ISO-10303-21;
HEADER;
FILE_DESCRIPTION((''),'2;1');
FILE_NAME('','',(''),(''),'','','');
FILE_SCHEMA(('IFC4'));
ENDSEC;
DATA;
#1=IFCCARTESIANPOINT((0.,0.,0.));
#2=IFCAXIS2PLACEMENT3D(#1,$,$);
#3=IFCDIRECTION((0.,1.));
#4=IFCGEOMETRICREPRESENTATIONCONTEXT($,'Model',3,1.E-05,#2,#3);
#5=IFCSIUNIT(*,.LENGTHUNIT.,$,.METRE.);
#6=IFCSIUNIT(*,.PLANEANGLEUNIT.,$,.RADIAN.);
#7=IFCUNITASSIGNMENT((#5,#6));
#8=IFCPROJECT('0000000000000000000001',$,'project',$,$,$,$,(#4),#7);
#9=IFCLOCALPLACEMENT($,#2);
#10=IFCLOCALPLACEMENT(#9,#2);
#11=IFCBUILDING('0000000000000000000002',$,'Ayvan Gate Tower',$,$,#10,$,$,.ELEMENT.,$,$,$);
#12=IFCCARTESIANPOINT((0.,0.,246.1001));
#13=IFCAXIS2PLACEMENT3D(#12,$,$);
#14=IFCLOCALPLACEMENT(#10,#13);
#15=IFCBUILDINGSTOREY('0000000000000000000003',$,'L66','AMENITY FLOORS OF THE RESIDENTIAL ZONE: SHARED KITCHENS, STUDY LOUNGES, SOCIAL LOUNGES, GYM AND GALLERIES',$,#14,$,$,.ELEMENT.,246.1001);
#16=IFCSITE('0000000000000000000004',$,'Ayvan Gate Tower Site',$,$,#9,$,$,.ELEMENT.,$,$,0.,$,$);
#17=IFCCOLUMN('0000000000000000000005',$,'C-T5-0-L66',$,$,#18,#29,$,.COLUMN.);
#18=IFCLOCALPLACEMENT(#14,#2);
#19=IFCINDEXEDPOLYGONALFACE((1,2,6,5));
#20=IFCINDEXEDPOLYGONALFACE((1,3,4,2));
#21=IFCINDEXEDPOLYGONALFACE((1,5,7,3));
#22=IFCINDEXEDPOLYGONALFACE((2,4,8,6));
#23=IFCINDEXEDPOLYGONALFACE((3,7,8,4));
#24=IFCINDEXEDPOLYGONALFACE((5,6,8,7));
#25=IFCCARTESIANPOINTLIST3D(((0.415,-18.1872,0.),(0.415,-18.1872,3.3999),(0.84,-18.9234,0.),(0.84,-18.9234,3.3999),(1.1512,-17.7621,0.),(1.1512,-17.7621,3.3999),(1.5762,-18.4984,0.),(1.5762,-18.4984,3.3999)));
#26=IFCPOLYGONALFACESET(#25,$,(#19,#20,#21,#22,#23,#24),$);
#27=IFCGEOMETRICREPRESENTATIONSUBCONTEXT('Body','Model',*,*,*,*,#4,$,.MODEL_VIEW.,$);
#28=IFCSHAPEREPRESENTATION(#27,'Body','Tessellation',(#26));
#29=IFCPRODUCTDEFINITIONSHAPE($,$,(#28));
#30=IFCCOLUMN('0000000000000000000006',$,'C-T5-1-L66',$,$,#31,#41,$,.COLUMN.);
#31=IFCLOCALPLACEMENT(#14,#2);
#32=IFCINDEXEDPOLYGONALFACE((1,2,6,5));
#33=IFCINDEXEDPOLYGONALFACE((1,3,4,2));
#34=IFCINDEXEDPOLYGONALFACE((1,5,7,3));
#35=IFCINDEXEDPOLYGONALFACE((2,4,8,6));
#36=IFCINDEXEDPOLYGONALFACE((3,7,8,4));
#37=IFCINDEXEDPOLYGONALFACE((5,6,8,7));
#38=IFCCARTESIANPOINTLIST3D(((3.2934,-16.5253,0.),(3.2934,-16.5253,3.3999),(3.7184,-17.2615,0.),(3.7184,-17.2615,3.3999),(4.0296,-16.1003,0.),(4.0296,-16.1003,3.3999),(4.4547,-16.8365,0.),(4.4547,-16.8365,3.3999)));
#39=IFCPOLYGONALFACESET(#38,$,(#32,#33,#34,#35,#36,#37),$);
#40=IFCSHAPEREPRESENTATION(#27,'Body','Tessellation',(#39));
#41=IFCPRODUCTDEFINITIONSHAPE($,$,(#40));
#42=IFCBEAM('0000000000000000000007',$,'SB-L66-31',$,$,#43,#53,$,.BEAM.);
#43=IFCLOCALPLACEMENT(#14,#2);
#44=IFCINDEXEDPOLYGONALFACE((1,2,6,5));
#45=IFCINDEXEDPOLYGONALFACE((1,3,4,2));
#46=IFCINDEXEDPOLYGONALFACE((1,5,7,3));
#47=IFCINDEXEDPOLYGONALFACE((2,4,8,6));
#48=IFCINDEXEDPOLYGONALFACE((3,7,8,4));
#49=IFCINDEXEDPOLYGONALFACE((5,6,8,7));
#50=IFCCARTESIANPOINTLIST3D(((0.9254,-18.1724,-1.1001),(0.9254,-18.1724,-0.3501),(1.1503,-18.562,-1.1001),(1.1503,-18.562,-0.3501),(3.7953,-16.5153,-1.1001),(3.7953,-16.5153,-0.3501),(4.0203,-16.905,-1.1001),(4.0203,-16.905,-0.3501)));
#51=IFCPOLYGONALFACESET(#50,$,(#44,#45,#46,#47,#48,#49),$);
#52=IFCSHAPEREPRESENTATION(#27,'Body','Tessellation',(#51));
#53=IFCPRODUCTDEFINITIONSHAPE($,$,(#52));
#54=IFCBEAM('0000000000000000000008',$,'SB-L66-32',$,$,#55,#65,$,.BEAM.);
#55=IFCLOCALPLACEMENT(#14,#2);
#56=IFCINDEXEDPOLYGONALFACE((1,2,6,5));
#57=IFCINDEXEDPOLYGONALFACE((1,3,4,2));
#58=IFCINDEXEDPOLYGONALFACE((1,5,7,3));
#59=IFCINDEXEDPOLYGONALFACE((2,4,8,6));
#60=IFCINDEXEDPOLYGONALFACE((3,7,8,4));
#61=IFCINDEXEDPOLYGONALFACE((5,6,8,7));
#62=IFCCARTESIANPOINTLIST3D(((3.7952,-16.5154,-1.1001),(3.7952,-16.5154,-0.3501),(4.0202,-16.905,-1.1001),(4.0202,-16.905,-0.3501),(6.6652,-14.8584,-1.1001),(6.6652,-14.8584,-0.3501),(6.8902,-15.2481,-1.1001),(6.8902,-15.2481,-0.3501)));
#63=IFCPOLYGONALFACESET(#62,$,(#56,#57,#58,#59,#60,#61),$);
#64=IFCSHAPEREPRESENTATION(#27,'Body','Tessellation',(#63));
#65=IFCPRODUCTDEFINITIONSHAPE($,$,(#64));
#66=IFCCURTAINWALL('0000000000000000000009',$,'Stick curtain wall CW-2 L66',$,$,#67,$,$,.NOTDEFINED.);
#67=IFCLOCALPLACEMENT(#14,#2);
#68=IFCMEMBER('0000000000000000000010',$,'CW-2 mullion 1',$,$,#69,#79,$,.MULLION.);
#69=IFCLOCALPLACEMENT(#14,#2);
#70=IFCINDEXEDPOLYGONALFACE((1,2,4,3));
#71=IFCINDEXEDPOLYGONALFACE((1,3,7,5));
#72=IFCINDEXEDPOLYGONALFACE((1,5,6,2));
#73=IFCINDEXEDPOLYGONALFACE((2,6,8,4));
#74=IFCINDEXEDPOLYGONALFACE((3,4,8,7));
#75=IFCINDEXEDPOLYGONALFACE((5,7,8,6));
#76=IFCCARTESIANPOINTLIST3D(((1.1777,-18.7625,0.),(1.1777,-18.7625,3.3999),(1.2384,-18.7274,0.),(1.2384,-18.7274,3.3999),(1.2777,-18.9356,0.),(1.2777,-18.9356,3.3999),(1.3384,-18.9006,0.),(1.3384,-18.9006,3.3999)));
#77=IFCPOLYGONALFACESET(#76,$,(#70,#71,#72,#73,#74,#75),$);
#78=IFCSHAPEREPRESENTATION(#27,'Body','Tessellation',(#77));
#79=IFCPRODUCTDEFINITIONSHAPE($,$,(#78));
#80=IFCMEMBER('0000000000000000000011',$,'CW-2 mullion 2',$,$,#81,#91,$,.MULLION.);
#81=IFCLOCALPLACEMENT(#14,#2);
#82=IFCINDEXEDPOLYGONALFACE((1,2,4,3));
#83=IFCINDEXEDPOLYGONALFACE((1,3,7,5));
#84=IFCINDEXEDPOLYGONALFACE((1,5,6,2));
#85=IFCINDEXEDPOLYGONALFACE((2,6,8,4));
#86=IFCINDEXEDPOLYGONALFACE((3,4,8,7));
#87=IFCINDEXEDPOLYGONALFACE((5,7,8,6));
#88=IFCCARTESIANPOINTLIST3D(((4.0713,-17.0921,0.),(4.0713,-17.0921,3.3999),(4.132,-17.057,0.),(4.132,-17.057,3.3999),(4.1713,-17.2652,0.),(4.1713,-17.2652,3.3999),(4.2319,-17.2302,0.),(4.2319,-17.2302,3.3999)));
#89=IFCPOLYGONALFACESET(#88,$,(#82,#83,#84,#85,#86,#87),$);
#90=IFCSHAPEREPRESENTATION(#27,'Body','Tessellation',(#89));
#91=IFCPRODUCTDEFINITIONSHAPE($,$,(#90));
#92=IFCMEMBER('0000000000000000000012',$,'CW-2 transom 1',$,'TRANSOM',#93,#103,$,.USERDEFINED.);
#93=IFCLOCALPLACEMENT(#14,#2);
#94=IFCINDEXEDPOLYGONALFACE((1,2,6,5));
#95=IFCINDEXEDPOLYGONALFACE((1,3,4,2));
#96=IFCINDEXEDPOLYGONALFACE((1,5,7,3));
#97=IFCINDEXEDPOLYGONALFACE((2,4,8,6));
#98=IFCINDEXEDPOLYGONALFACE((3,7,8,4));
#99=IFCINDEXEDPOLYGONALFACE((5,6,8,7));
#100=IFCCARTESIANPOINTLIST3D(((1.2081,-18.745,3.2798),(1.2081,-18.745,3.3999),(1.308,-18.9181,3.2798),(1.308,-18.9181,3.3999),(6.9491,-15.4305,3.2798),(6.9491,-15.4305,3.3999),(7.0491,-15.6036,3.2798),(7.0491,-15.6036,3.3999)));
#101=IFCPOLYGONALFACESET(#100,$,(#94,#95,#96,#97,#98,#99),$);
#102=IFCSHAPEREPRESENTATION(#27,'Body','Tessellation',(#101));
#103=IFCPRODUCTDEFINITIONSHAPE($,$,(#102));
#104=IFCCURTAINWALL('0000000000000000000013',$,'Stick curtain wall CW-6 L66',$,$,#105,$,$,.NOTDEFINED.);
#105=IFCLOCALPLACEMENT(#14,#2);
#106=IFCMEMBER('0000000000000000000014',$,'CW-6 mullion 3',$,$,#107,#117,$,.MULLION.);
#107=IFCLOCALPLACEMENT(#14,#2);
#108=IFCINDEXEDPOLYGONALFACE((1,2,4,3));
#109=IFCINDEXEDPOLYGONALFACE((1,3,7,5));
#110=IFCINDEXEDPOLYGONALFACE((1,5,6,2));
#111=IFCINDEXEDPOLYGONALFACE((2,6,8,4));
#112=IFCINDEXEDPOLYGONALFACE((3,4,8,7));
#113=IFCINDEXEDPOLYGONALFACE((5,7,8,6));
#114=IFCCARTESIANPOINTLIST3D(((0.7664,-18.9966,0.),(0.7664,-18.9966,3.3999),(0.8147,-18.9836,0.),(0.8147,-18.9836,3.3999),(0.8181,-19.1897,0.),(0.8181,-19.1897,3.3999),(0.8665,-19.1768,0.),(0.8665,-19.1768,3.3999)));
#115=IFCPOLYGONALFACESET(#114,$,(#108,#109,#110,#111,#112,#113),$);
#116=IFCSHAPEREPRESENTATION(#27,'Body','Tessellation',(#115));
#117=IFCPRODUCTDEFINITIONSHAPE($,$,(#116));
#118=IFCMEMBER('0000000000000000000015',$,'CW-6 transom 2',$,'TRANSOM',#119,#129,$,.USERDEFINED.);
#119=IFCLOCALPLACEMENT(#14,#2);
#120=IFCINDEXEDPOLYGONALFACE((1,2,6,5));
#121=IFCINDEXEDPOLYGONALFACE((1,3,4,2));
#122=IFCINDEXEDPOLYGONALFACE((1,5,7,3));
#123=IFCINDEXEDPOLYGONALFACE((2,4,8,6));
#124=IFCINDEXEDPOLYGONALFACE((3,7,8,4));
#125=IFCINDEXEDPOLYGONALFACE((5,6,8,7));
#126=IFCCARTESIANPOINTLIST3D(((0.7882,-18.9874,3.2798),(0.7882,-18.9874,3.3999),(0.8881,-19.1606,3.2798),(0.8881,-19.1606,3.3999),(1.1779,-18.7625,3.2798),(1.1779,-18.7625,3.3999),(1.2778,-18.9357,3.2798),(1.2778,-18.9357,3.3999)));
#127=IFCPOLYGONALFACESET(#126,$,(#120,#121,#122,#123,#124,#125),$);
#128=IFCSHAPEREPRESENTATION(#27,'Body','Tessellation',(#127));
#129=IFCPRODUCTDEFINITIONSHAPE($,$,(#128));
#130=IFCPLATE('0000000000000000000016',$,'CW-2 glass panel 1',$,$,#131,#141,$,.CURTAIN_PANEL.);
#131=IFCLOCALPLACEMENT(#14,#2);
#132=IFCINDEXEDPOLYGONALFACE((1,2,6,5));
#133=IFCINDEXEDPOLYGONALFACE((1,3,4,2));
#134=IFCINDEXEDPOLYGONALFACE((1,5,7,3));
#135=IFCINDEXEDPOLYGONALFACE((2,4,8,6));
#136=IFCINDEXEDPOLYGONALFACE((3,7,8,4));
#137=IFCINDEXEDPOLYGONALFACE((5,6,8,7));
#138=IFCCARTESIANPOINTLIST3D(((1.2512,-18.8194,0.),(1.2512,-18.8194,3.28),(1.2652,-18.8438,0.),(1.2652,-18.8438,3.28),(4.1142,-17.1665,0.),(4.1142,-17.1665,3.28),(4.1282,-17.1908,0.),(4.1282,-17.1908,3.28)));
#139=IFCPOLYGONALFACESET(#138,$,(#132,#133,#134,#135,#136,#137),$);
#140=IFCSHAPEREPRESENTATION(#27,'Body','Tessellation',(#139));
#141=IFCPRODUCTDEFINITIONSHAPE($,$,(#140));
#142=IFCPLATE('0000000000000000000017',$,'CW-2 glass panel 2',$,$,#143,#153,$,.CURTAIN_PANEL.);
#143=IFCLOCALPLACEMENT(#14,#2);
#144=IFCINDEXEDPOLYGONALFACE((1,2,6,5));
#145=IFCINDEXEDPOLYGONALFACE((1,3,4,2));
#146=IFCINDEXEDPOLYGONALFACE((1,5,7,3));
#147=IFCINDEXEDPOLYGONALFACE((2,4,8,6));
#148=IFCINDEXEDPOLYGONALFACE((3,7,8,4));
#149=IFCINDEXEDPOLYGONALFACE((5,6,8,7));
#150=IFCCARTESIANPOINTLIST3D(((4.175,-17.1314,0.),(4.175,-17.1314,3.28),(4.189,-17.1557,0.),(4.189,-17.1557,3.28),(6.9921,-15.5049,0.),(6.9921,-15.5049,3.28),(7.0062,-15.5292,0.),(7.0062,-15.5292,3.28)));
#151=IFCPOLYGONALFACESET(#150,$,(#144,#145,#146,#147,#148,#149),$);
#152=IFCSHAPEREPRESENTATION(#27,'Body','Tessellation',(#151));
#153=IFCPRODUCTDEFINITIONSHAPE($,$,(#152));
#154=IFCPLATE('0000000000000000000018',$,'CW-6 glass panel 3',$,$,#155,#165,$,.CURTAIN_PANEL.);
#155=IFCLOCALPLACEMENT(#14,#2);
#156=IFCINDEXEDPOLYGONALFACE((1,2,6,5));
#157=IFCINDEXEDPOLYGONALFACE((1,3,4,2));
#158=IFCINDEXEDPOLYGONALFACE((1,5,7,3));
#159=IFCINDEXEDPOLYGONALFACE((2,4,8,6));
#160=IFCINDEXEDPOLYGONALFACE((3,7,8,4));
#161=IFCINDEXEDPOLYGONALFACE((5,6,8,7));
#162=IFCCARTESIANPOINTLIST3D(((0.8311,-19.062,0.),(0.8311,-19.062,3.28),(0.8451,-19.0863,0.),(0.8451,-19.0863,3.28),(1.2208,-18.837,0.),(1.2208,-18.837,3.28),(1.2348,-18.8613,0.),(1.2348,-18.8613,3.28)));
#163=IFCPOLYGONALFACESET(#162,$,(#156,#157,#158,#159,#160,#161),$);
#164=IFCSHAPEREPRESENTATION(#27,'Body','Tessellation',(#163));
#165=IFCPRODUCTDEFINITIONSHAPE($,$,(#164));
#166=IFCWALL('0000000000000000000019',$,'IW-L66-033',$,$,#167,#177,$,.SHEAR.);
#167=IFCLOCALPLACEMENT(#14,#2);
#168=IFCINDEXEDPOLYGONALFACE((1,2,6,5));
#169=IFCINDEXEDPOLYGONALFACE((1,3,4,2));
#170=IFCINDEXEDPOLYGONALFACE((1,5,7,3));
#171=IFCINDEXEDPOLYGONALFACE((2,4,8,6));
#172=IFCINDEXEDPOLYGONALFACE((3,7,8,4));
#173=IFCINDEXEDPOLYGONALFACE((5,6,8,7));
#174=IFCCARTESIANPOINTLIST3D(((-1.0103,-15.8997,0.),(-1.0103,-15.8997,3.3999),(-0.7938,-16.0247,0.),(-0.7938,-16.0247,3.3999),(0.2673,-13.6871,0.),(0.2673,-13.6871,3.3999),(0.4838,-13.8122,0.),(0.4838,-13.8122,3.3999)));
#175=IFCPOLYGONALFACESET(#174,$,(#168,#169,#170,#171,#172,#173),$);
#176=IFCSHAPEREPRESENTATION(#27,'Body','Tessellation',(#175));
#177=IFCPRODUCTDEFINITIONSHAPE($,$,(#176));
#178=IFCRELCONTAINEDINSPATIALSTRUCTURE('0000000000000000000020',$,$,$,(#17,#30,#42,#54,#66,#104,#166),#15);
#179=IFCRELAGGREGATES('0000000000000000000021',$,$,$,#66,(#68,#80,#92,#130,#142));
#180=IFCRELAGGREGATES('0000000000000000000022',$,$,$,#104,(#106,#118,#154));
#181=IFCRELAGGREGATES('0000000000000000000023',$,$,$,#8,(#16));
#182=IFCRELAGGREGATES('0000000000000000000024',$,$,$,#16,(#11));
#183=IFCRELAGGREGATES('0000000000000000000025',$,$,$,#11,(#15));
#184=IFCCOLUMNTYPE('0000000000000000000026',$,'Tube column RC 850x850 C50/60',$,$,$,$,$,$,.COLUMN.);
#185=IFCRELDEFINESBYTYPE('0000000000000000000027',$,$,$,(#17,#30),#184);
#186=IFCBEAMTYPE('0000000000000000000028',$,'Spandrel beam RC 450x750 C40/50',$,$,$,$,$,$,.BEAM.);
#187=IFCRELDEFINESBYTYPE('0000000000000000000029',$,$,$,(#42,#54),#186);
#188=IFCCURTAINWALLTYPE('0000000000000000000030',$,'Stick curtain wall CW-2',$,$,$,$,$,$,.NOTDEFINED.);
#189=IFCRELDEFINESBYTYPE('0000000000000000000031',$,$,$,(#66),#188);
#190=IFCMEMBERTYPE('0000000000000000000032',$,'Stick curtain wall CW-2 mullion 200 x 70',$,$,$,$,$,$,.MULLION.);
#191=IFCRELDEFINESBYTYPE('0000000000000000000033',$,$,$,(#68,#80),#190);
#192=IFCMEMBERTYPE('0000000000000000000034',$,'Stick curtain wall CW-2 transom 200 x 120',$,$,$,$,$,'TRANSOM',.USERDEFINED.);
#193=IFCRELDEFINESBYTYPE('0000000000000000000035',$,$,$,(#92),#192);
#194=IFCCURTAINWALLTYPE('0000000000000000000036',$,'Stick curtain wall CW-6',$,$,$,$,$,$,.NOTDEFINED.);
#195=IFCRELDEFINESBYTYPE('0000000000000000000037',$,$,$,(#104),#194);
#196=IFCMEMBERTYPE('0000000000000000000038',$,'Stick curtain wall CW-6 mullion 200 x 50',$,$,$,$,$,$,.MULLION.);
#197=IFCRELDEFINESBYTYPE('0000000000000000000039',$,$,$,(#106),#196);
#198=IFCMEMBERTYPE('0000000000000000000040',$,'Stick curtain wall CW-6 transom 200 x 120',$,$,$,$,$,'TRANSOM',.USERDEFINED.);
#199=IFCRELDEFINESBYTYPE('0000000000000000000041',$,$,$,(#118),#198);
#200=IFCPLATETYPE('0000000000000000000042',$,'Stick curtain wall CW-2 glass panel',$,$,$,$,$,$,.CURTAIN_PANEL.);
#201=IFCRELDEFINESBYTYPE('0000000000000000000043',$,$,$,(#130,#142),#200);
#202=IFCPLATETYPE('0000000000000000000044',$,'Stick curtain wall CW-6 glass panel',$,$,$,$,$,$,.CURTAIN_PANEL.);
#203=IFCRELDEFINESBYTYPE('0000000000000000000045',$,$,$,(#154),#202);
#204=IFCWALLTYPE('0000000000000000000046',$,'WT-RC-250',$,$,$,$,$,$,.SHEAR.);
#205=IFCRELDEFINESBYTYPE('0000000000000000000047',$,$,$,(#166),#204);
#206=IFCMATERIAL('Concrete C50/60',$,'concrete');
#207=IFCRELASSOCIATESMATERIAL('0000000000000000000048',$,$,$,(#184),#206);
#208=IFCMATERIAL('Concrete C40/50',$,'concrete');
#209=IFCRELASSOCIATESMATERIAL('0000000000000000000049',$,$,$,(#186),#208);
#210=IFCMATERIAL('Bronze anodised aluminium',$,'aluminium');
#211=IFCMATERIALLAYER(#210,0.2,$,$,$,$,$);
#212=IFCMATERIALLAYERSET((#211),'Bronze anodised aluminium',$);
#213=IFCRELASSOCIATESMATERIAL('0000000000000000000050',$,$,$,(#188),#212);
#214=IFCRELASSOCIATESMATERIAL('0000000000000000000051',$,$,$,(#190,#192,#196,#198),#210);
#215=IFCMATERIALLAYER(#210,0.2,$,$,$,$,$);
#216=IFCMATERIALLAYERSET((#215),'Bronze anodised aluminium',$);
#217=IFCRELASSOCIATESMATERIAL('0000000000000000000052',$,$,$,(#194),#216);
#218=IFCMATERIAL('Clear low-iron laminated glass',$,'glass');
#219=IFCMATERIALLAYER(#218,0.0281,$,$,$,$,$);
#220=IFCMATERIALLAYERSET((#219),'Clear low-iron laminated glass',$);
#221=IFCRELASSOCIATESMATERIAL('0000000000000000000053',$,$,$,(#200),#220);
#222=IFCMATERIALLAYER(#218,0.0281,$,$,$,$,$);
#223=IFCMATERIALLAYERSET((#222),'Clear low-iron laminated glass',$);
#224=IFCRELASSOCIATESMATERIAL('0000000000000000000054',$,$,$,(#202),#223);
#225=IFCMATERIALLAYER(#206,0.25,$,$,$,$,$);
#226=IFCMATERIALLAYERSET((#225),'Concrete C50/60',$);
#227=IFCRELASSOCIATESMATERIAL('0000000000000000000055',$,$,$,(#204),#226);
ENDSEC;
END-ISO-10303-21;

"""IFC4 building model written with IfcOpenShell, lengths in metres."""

from ifc_helpers import new_model, si_unit, direction, frame, frame_2d, origin, origin_2d, place, context, subcontext, project, spatial, rectangle, extrude, material, layer, layer_set, material_profile, profile_set, type_object, element, aggregate, save


model = new_model("IFC4")

# Units and contexts
model_context = context("Model", 3, precision=1e-05, world=origin(), true_north=direction((0.0, 1.0)))
body_context = subcontext(model_context, "Body", "Model", "MODEL_VIEW")
ifc_project = project(units=[si_unit("LENGTHUNIT", "METRE"), si_unit("PLANEANGLEUNIT", "RADIAN")], contexts=[model_context])

# Site, building, storey
site_placement = place(None, origin())
site = spatial("IfcSite", under=ifc_project, at=site_placement, Name="Ayvan Gate Tower Site", CompositionType="ELEMENT", RefElevation=0.0)
building_placement = place(site_placement, origin())
building = spatial("IfcBuilding", under=site, at=building_placement, Name="Ayvan Gate Tower", CompositionType="ELEMENT")
storey_placement = place(building_placement, frame((0.0, 0.0, 246.1001)))
storey = spatial("IfcBuildingStorey", under=building, at=storey_placement, Name="L66", Description="AMENITY FLOORS OF THE RESIDENTIAL ZONE: SHARED KITCHENS, STUDY LOUNGES, SOCIAL LOUNGES, GYM AND GALLERIES", CompositionType="ELEMENT", Elevation=246.1001)

# Columns
ifc_material_1 = material(Name="Concrete C50/60", Category="concrete")
ifc_material_profile_1 = material_profile(ifc_material_1, rectangle(XDim=0.8501, YDim=0.8501, at=origin_2d()), Name="RC 850x850")
ifc_profile_set_1 = profile_set([ifc_material_profile_1], Name="Concrete C50/60")
column_type = type_object("IfcColumnType", Name="Tube column RC 850x850 C50/60", PredefinedType="COLUMN", material=ifc_profile_set_1)
for number, where, z_axis, x_axis, name in (
    (1, (0.9956, -18.3428, 0.0), (0.0, 0.0, 1.0), (0.5, -0.866025, 0.0), "C-T5-0-L66"),
    (2, (3.874, -16.6809, 0.0), (0.0, 0.0, 1.0), (0.5, -0.866025, 0.0), "C-T5-1-L66"),
):
    element("IfcColumn", number, at=place(storey_placement, frame(where, z_axis=z_axis, x_axis=x_axis)), inside=storey, type_object=column_type, Name=name, PredefinedType="COLUMN", context=body_context, shape_type="SweptSolid", body=[
        extrude(rectangle(XDim=0.8501, YDim=0.8501, at=origin_2d()), origin(), (0.0, 0.0, 1.0), 3.3999),
    ])

# Beams
ifc_material_2 = material(Name="Concrete C40/50", Category="concrete")
ifc_material_profile_2 = material_profile(ifc_material_2, rectangle(XDim=0.45, YDim=0.75, at=origin_2d()), Name="RC 450x750")
ifc_profile_set_2 = profile_set([ifc_material_profile_2], Name="Concrete C40/50")
beam_type = type_object("IfcBeamType", Name="Spandrel beam RC 450x750 C40/50", PredefinedType="BEAM", material=ifc_profile_set_2)
for number, where, z_axis, x_axis, name in (
    (3, (1.0378, -18.3672, -0.7251), (0.866018, 0.500014, 0.0), (-0.500014, 0.866018, 0.0), "SB-L66-31"),
    (4, (3.9077, -16.7102, -0.7251), (0.866036, 0.499982, 0.0), (-0.499982, 0.866036, 0.0), "SB-L66-32"),
):
    element("IfcBeam", number, at=place(storey_placement, frame(where, z_axis=z_axis, x_axis=x_axis)), inside=storey, type_object=beam_type, Name=name, PredefinedType="BEAM", context=body_context, shape_type="SweptSolid", body=[
        extrude(rectangle(XDim=0.45, YDim=0.75, at=origin_2d()), origin(), (0.0, 0.0, 1.0), 3.314),
    ])

# Curtain walls, members
ifc_material_3 = material(Name="Bronze anodised aluminium", Category="aluminium")
ifc_layer_1 = layer(ifc_material_3, 0.2)
ifc_layer_set_1 = layer_set([ifc_layer_1], Name="Bronze anodised aluminium")
curtain_wall_type_1 = type_object("IfcCurtainWallType", Name="Stick curtain wall CW-2", PredefinedType="NOTDEFINED", material=ifc_layer_set_1)
curtain_wall_1_placement = place(storey_placement, origin())
curtain_wall_1 = element("IfcCurtainWall", 5, at=curtain_wall_1_placement, inside=storey, type_object=curtain_wall_type_1, Name="Stick curtain wall CW-2 L66", PredefinedType="NOTDEFINED")
ifc_material_profile_3 = material_profile(ifc_material_3, rectangle(XDim=0.2, YDim=0.0701, at=origin_2d()), Name="Stick curtain wall CW-2 mullion 200 x 70")
ifc_profile_set_3 = profile_set([ifc_material_profile_3], Name="Bronze anodised aluminium")
member_type_1 = type_object("IfcMemberType", Name="Stick curtain wall CW-2 mullion 200 x 70", PredefinedType="MULLION", material=ifc_profile_set_3)
member_1_placement = place(storey_placement, frame((1.2581, -18.8315, 0.0), z_axis=(0.0, 0.0, 1.0), x_axis=(0.5, -0.866025, 0.0)))
member_1 = element("IfcMember", 6, at=member_1_placement, type_object=member_type_1, Name="CW-2 mullion 1", PredefinedType="MULLION", context=body_context, shape_type="SweptSolid", body=[
    extrude(rectangle(XDim=0.2, YDim=0.0701, at=origin_2d()), origin(), (0.0, 0.0, 1.0), 3.3999),
])
member_2_placement = place(storey_placement, frame((4.1516, -17.1611, 0.0), z_axis=(0.0, 0.0, 1.0), x_axis=(0.5, -0.866025, 0.0)))
member_2 = element("IfcMember", 7, at=member_2_placement, type_object=member_type_1, Name="CW-2 mullion 2", PredefinedType="MULLION", context=body_context, shape_type="SweptSolid", body=[
    extrude(rectangle(XDim=0.2, YDim=0.0701, at=origin_2d()), origin(), (0.0, 0.0, 1.0), 3.3999),
])
ifc_material_profile_4 = material_profile(ifc_material_3, rectangle(XDim=0.2, YDim=0.1201, at=origin_2d()), Name="Stick curtain wall CW-2 transom 200 x 120")
ifc_profile_set_4 = profile_set([ifc_material_profile_4], Name="Bronze anodised aluminium")
member_type_2 = type_object("IfcMemberType", Name="Stick curtain wall CW-2 transom 200 x 120", ElementType="TRANSOM", PredefinedType="USERDEFINED", material=ifc_profile_set_4)
member_3_placement = place(storey_placement, frame((1.2581, -18.8315, 3.3398), z_axis=(0.866032, 0.499989, 0.0), x_axis=(-0.499989, 0.866032, 0.0)))
member_3 = element("IfcMember", 8, at=member_3_placement, type_object=member_type_2, Name="CW-2 transom 1", ObjectType="TRANSOM", PredefinedType="USERDEFINED", context=body_context, shape_type="SweptSolid", body=[
    extrude(rectangle(XDim=0.2, YDim=0.1201, at=origin_2d()), origin(), (0.0, 0.0, 1.0), 6.6292),
])
ifc_layer_2 = layer(ifc_material_3, 0.2)
ifc_layer_set_2 = layer_set([ifc_layer_2], Name="Bronze anodised aluminium")
curtain_wall_type_2 = type_object("IfcCurtainWallType", Name="Stick curtain wall CW-6", PredefinedType="NOTDEFINED", material=ifc_layer_set_2)
curtain_wall_2_placement = place(storey_placement, origin())
curtain_wall_2 = element("IfcCurtainWall", 9, at=curtain_wall_2_placement, inside=storey, type_object=curtain_wall_type_2, Name="Stick curtain wall CW-6 L66", PredefinedType="NOTDEFINED")
ifc_material_profile_5 = material_profile(ifc_material_3, rectangle(XDim=0.2, YDim=0.05, at=origin_2d()), Name="Stick curtain wall CW-6 mullion 200 x 50")
ifc_profile_set_5 = profile_set([ifc_material_profile_5], Name="Bronze anodised aluminium")
member_type_3 = type_object("IfcMemberType", Name="Stick curtain wall CW-6 mullion 200 x 50", PredefinedType="MULLION", material=ifc_profile_set_5)
member_4_placement = place(storey_placement, frame((0.8164, -19.0867, 0.0), z_axis=(0.0, 0.0, 1.0), x_axis=(0.258819, -0.965926, 0.0)))
member_4 = element("IfcMember", 10, at=member_4_placement, type_object=member_type_3, Name="CW-6 mullion 3", PredefinedType="MULLION", context=body_context, shape_type="SweptSolid", body=[
    extrude(rectangle(XDim=0.2, YDim=0.05, at=origin_2d()), origin(), (0.0, 0.0, 1.0), 3.3999),
])
ifc_material_profile_6 = material_profile(ifc_material_3, rectangle(XDim=0.2, YDim=0.1201, at=origin_2d()), Name="Stick curtain wall CW-6 transom 200 x 120")
ifc_profile_set_6 = profile_set([ifc_material_profile_6], Name="Bronze anodised aluminium")
member_type_4 = type_object("IfcMemberType", Name="Stick curtain wall CW-6 transom 200 x 120", ElementType="TRANSOM", PredefinedType="USERDEFINED", material=ifc_profile_set_6)
member_5_placement = place(storey_placement, frame((0.8381, -19.074, 3.3398), z_axis=(0.866131, 0.499816, 0.0), x_axis=(-0.499816, 0.866131, 0.0)))
member_5 = element("IfcMember", 11, at=member_5_placement, type_object=member_type_4, Name="CW-6 transom 2", ObjectType="TRANSOM", PredefinedType="USERDEFINED", context=body_context, shape_type="SweptSolid", body=[
    extrude(rectangle(XDim=0.2, YDim=0.1201, at=origin_2d()), origin(), (0.0, 0.0, 1.0), 0.45),
])

# Plates
ifc_material_4 = material(Name="Clear low-iron laminated glass", Category="glass")
ifc_layer_3 = layer(ifc_material_4, 0.0281)
ifc_layer_set_3 = layer_set([ifc_layer_3], Name="Clear low-iron laminated glass")
plate_type_1 = type_object("IfcPlateType", Name="Stick curtain wall CW-2 glass panel", PredefinedType="CURTAIN_PANEL", material=ifc_layer_set_3)
plate_1_placement = place(storey_placement, frame((2.6897, -18.0051, 0.0), z_axis=(0.0, 0.0, 1.0), x_axis=(0.866025, 0.5, 0.0)))
plate_1 = element("IfcPlate", 12, at=plate_1_placement, type_object=plate_type_1, Name="CW-2 glass panel 1", PredefinedType="CURTAIN_PANEL", context=body_context, shape_type="SweptSolid", body=[
    extrude(rectangle(XDim=3.3059, YDim=0.0281, at=origin_2d()), origin(), (0.0, 0.0, 1.0), 3.28),
])
plate_2_placement = place(storey_placement, frame((5.5906, -16.3303, 0.0), z_axis=(0.0, 0.0, 1.0), x_axis=(0.866025, 0.5, 0.0)))
plate_2 = element("IfcPlate", 13, at=plate_2_placement, type_object=plate_type_1, Name="CW-2 glass panel 2", PredefinedType="CURTAIN_PANEL", context=body_context, shape_type="SweptSolid", body=[
    extrude(rectangle(XDim=3.2529, YDim=0.0281, at=origin_2d()), origin(), (0.0, 0.0, 1.0), 3.28),
])
aggregate(curtain_wall_1, [member_1, member_2, member_3, plate_1, plate_2])
ifc_layer_4 = layer(ifc_material_4, 0.0281)
ifc_layer_set_4 = layer_set([ifc_layer_4], Name="Clear low-iron laminated glass")
plate_type_2 = type_object("IfcPlateType", Name="Stick curtain wall CW-6 glass panel", PredefinedType="CURTAIN_PANEL", material=ifc_layer_set_4)
plate_3_placement = place(storey_placement, frame((1.033, -18.9617, 0.0), z_axis=(0.0, 0.0, 1.0), x_axis=(0.866025, 0.5, 0.0)))
plate_3 = element("IfcPlate", 14, at=plate_3_placement, type_object=plate_type_2, Name="CW-6 glass panel 3", PredefinedType="CURTAIN_PANEL", context=body_context, shape_type="SweptSolid", body=[
    extrude(rectangle(XDim=0.45, YDim=0.0281, at=origin_2d()), origin(), (0.0, 0.0, 1.0), 3.28),
])
aggregate(curtain_wall_2, [member_4, member_5, plate_3])

# Wall
ifc_layer_5 = layer(ifc_material_1, 0.25)
ifc_layer_set_5 = layer_set([ifc_layer_5], Name="Concrete C50/60")
wall_type = type_object("IfcWallType", Name="WT-RC-250", PredefinedType="SHEAR", material=ifc_layer_set_5)
wall_1_placement = place(storey_placement, frame((0.3755, -13.7498, 0.0), z_axis=(0.0, 0.0, 1.0), x_axis=(-0.500034, -0.866006, 0.0)))
element("IfcWall", 15, at=wall_1_placement, inside=storey, type_object=wall_type, Name="IW-L66-033", PredefinedType="SHEAR", context=body_context, shape_type="SweptSolid", body=[
    extrude(rectangle(XDim=2.5549, YDim=0.25, at=frame_2d((1.2773, 0.0))), origin(), (0.0, 0.0, 1.0), 3.3999),
])

save(model, "model.ifc")
